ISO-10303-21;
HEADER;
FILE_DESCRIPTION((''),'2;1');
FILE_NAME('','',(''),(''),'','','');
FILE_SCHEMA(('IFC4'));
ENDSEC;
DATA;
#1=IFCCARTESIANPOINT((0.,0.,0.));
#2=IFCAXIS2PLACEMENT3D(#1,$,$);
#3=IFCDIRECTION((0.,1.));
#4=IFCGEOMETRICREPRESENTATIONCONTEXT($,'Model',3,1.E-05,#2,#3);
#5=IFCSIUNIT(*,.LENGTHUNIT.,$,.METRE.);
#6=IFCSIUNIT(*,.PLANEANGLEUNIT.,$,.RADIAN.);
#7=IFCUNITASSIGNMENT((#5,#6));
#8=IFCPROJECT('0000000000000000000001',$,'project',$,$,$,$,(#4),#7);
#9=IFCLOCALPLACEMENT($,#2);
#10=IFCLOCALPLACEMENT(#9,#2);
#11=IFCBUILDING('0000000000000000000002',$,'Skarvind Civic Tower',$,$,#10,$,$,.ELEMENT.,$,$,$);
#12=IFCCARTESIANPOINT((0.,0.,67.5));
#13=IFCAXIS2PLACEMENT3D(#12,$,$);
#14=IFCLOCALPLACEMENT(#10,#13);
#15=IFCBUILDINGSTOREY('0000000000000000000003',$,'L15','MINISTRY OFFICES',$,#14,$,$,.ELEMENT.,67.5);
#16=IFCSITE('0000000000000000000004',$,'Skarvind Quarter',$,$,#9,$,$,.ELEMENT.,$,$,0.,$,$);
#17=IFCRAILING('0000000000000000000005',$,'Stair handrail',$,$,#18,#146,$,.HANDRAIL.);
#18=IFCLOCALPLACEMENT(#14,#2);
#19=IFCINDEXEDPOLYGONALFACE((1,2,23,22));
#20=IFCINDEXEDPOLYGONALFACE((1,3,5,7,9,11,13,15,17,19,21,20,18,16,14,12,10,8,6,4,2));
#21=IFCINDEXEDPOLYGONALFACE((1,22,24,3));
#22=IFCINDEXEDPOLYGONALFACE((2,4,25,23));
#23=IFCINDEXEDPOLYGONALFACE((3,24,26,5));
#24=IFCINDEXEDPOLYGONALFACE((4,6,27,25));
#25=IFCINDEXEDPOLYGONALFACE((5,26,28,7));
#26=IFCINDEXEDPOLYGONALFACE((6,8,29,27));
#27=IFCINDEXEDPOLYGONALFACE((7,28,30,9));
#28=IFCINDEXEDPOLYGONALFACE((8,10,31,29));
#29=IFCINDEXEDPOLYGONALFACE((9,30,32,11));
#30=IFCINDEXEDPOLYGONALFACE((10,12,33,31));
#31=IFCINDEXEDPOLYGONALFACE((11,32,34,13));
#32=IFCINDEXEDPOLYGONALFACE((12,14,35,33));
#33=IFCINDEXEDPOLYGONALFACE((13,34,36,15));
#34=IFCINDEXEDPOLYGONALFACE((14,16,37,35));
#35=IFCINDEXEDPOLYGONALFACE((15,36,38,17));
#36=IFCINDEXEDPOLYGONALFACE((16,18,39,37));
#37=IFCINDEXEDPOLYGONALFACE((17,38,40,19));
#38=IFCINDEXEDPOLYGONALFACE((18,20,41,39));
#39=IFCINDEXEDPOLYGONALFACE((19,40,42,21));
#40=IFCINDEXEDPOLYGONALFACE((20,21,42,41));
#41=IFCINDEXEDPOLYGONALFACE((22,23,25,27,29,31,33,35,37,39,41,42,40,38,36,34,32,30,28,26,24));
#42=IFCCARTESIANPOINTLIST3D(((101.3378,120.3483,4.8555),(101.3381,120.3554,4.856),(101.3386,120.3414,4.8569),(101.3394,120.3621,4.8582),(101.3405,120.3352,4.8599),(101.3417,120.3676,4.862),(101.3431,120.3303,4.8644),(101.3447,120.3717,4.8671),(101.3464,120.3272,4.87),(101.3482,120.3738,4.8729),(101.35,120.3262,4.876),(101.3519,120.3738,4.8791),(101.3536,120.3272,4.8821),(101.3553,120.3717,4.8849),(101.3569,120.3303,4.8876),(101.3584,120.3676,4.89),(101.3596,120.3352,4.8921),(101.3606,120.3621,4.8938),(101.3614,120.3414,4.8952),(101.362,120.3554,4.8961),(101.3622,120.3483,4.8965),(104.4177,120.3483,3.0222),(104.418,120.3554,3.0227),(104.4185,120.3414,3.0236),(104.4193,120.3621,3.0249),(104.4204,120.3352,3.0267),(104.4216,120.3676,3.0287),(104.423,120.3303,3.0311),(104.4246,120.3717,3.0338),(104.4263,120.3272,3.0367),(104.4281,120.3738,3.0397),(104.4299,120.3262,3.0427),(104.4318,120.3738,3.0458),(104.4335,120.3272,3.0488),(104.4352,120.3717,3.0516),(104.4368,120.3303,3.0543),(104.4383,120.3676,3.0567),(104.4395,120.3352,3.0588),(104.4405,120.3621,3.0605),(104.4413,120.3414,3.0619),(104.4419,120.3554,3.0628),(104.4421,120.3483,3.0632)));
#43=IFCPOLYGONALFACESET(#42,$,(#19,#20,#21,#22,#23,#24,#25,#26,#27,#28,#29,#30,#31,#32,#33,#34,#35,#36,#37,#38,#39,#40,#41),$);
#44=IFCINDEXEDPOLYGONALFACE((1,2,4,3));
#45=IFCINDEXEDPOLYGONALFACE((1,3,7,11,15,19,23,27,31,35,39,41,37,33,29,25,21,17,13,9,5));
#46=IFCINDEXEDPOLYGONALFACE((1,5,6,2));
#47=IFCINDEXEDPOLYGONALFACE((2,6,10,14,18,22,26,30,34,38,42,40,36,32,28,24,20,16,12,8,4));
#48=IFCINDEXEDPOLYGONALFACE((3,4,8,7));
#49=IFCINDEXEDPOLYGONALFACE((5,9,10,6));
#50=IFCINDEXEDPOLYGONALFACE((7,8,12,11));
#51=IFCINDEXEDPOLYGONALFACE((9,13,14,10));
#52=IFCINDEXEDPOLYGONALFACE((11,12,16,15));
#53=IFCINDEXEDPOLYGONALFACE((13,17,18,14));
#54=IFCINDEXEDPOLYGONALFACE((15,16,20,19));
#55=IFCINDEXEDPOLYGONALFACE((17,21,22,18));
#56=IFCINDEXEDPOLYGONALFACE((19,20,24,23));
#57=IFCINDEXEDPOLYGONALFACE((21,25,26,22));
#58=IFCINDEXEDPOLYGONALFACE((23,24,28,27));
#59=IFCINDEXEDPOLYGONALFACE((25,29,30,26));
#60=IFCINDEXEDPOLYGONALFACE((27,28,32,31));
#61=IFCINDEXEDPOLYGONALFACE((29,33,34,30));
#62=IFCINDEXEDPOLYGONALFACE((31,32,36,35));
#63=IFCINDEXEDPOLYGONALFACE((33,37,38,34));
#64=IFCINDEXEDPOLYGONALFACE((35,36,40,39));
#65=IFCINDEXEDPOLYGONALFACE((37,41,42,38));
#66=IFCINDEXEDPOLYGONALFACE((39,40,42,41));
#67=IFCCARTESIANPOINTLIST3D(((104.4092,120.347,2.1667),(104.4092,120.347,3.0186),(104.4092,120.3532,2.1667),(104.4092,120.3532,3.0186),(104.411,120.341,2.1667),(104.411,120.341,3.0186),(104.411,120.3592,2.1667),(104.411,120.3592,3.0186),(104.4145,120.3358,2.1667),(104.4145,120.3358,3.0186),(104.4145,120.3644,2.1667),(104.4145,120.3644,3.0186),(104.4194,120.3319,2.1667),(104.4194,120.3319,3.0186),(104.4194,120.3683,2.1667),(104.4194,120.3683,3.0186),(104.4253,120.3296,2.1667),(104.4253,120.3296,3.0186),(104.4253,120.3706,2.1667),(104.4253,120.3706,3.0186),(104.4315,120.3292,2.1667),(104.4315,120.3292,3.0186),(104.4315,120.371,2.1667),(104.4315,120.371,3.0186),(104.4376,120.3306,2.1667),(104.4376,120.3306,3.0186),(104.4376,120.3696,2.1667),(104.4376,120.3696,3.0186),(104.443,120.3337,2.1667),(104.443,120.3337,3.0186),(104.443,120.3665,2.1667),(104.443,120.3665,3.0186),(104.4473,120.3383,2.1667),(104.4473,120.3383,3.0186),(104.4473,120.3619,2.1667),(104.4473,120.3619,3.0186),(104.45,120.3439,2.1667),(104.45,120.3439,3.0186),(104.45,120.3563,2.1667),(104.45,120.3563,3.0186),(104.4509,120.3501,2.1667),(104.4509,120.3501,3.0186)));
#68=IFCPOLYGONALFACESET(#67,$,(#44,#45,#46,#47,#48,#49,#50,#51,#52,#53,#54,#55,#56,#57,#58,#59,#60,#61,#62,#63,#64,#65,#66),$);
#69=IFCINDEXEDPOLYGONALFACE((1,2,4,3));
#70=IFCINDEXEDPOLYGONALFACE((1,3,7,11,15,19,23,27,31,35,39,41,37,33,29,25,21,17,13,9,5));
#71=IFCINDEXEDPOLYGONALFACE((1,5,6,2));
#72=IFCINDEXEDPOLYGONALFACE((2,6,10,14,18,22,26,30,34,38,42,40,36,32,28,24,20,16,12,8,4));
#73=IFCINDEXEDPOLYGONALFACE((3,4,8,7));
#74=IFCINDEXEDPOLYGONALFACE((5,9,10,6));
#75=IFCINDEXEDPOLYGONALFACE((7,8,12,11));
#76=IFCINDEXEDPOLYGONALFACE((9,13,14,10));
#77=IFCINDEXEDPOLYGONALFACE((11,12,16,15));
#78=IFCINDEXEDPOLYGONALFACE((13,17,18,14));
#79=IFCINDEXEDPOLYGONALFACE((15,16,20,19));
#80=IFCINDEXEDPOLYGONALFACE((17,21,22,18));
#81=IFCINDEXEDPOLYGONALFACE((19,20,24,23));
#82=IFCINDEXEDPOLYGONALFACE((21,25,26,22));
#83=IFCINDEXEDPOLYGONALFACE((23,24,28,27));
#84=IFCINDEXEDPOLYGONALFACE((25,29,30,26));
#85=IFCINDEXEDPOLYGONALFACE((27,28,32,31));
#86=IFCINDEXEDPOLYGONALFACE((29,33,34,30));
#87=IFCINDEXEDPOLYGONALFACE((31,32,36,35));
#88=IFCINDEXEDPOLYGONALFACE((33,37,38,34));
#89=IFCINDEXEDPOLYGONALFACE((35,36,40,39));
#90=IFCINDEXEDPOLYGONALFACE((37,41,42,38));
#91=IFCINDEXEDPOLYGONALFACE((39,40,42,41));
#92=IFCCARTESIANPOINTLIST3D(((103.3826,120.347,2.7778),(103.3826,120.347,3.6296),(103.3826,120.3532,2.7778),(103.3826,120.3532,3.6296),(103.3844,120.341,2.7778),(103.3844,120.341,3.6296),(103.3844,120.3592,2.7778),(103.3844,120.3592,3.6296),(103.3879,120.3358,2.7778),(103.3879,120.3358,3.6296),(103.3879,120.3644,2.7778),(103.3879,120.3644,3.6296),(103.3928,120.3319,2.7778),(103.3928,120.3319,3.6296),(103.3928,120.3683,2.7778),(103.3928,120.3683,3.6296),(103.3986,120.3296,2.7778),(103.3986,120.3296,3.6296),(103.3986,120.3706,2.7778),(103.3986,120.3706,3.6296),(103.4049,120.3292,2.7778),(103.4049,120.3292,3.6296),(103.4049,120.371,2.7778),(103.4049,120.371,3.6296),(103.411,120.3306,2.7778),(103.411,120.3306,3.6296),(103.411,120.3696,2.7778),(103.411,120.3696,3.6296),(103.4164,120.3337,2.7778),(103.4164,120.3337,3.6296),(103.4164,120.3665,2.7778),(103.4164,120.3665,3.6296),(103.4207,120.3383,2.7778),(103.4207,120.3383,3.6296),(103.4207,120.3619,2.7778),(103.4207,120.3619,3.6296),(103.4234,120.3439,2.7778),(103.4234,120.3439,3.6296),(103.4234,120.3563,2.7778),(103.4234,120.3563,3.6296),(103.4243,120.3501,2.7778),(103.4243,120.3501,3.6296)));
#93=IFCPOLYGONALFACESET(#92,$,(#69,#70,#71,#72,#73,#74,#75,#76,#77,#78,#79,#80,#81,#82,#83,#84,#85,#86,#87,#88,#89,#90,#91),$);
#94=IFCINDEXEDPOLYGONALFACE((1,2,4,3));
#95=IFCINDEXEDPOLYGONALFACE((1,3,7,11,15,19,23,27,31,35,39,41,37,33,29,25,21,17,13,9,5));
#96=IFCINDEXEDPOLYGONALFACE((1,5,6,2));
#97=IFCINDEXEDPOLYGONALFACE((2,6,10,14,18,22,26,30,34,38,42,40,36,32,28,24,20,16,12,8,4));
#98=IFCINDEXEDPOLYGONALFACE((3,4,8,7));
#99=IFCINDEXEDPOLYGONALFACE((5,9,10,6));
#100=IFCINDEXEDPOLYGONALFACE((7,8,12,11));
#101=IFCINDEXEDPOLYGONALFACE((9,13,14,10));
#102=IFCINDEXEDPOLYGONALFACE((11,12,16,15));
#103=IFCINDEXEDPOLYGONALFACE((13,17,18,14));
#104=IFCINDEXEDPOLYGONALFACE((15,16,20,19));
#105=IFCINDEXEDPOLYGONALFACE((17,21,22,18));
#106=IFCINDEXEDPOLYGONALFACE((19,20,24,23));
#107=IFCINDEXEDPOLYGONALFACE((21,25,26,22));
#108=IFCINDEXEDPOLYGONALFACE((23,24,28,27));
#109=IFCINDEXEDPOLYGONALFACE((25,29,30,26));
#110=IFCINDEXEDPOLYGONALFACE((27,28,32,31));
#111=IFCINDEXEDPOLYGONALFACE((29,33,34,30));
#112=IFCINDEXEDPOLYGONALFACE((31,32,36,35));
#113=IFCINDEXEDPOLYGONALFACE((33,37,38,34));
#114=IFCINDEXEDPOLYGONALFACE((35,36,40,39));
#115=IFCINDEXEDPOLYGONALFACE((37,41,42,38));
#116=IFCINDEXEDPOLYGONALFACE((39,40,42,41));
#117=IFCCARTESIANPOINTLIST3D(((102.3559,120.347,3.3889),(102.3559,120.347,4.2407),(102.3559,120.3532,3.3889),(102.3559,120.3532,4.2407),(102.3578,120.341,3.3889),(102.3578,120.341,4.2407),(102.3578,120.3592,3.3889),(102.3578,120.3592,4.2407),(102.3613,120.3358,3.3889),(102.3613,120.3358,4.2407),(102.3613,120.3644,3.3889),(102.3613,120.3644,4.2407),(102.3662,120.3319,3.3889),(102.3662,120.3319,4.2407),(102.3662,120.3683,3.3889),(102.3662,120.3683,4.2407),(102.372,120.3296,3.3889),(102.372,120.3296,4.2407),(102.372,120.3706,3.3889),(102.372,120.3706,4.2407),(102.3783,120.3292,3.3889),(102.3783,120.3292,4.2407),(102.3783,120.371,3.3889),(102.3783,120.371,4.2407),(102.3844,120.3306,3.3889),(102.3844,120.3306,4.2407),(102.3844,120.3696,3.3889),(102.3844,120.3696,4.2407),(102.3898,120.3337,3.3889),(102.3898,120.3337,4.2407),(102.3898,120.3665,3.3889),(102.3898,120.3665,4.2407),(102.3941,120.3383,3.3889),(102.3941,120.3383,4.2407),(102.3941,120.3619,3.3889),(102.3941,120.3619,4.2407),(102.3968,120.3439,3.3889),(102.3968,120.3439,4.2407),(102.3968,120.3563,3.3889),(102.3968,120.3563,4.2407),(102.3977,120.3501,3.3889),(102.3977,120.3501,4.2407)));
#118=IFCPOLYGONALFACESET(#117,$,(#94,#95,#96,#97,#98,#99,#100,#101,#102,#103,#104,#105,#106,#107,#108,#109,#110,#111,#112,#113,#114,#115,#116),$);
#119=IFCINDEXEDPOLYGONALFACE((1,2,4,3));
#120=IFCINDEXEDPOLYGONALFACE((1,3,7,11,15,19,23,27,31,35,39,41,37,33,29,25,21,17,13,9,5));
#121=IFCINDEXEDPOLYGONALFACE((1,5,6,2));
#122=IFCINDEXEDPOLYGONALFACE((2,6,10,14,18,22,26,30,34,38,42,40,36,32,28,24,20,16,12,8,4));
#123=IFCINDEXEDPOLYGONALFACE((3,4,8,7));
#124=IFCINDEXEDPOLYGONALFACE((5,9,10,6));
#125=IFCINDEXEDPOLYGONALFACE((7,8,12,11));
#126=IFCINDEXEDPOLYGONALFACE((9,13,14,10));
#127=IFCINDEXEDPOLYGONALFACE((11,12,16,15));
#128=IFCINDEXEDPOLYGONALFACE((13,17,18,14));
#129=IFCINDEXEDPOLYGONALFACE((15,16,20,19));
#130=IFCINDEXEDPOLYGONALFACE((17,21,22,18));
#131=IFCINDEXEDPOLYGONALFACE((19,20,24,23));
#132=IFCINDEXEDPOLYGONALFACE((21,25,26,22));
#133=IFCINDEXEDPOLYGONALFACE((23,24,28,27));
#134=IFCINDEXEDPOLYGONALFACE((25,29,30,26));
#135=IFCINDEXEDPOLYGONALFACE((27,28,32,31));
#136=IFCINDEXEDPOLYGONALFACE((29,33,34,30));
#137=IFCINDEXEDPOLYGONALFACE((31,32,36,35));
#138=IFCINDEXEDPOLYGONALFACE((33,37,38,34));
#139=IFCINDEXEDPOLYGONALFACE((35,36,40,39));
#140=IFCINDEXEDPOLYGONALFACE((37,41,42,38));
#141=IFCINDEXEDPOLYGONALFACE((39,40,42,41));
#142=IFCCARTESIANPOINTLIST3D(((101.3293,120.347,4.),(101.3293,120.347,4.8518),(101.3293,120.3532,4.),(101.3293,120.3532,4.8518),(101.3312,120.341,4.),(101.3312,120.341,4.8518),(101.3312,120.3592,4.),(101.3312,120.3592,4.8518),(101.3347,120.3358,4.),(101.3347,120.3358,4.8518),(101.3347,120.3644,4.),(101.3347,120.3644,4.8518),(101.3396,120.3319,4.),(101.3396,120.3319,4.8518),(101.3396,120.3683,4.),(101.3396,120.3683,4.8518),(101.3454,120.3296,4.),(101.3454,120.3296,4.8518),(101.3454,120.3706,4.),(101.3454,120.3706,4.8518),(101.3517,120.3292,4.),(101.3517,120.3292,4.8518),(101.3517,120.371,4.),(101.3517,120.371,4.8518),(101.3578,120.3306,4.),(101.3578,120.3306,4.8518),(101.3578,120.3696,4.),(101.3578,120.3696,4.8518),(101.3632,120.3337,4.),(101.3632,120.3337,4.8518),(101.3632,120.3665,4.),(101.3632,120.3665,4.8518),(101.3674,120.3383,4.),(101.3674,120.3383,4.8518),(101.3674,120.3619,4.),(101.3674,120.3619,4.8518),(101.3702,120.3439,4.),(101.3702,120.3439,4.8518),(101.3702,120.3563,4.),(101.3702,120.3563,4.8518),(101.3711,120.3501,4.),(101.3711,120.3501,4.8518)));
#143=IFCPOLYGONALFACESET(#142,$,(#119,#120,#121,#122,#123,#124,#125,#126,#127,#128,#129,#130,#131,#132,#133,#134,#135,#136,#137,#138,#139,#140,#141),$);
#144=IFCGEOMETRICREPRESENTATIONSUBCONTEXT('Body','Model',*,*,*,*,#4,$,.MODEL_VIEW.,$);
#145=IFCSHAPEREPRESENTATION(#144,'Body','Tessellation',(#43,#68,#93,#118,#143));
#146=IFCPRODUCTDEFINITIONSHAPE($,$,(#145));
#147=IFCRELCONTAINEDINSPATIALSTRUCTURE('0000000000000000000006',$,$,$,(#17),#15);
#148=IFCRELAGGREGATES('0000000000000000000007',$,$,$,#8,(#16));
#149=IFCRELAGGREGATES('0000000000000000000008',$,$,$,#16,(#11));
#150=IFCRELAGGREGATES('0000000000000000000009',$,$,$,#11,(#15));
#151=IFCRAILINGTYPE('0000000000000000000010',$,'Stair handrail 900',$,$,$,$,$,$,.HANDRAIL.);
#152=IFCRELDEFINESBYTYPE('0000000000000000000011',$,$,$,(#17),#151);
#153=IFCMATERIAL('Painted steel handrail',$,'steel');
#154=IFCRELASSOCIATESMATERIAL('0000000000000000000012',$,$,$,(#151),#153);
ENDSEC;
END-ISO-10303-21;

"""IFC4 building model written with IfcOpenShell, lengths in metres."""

from ifc_helpers import new_model, si_unit, direction, frame, origin, origin_2d, place, context, subcontext, project, spatial, circle, extrude, material, type_object, element, save


model = new_model("IFC4")

# Units and contexts
model_context = context("Model", 3, precision=1e-05, world=origin(), true_north=direction((0.0, 1.0)))
body_context = subcontext(model_context, "Body", "Model", "MODEL_VIEW")
ifc_project = project(units=[si_unit("LENGTHUNIT", "METRE"), si_unit("PLANEANGLEUNIT", "RADIAN")], contexts=[model_context])

# Site, building, storey
site_placement = place(None, origin())
site = spatial("IfcSite", under=ifc_project, at=site_placement, Name="Skarvind Quarter", CompositionType="ELEMENT", RefElevation=0.0)
building_placement = place(site_placement, origin())
building = spatial("IfcBuilding", under=site, at=building_placement, Name="Skarvind Civic Tower", CompositionType="ELEMENT")
storey_placement = place(building_placement, frame((0.0, 0.0, 67.5)))
storey = spatial("IfcBuildingStorey", under=building, at=storey_placement, Name="L15", Description="MINISTRY OFFICES", CompositionType="ELEMENT", Elevation=67.5)

# Railing
ifc_material_1 = material(Name="Painted steel handrail", Category="steel")
railing_type = type_object("IfcRailingType", Name="Stair handrail 900", PredefinedType="HANDRAIL", material=ifc_material_1)
railing_1_placement = place(storey_placement, frame((104.4299, 120.3501, 2.1667)))
element("IfcRailing", 1, at=railing_1_placement, inside=storey, type_object=railing_type, Name="Stair handrail", PredefinedType="HANDRAIL", context=body_context, shape_type="SweptSolid", body=[
    extrude(circle(Radius=0.0239, at=origin_2d()), frame((0.0, 0.0, 0.876), z_axis=(-0.859291, 0.0, 0.511487), x_axis=(0.0, -1.0, 0.0)), (0.0, 0.0, 1.0), 3.5842),
    extrude(circle(Radius=0.021, at=origin_2d()), origin(), (0.0, 0.0, 1.0), 0.8518),
    extrude(circle(Radius=0.021, at=origin_2d()), frame((-1.0266, 0.0, 0.6111)), (0.0, 0.0, 1.0), 0.8518),
    extrude(circle(Radius=0.021, at=origin_2d()), frame((-2.0532, 0.0, 1.2222)), (0.0, 0.0, 1.0), 0.8518),
    extrude(circle(Radius=0.021, at=origin_2d()), frame((-3.0798, 0.0, 1.8333)), (0.0, 0.0, 1.0), 0.8518),
])

save(model, "model.ifc")
